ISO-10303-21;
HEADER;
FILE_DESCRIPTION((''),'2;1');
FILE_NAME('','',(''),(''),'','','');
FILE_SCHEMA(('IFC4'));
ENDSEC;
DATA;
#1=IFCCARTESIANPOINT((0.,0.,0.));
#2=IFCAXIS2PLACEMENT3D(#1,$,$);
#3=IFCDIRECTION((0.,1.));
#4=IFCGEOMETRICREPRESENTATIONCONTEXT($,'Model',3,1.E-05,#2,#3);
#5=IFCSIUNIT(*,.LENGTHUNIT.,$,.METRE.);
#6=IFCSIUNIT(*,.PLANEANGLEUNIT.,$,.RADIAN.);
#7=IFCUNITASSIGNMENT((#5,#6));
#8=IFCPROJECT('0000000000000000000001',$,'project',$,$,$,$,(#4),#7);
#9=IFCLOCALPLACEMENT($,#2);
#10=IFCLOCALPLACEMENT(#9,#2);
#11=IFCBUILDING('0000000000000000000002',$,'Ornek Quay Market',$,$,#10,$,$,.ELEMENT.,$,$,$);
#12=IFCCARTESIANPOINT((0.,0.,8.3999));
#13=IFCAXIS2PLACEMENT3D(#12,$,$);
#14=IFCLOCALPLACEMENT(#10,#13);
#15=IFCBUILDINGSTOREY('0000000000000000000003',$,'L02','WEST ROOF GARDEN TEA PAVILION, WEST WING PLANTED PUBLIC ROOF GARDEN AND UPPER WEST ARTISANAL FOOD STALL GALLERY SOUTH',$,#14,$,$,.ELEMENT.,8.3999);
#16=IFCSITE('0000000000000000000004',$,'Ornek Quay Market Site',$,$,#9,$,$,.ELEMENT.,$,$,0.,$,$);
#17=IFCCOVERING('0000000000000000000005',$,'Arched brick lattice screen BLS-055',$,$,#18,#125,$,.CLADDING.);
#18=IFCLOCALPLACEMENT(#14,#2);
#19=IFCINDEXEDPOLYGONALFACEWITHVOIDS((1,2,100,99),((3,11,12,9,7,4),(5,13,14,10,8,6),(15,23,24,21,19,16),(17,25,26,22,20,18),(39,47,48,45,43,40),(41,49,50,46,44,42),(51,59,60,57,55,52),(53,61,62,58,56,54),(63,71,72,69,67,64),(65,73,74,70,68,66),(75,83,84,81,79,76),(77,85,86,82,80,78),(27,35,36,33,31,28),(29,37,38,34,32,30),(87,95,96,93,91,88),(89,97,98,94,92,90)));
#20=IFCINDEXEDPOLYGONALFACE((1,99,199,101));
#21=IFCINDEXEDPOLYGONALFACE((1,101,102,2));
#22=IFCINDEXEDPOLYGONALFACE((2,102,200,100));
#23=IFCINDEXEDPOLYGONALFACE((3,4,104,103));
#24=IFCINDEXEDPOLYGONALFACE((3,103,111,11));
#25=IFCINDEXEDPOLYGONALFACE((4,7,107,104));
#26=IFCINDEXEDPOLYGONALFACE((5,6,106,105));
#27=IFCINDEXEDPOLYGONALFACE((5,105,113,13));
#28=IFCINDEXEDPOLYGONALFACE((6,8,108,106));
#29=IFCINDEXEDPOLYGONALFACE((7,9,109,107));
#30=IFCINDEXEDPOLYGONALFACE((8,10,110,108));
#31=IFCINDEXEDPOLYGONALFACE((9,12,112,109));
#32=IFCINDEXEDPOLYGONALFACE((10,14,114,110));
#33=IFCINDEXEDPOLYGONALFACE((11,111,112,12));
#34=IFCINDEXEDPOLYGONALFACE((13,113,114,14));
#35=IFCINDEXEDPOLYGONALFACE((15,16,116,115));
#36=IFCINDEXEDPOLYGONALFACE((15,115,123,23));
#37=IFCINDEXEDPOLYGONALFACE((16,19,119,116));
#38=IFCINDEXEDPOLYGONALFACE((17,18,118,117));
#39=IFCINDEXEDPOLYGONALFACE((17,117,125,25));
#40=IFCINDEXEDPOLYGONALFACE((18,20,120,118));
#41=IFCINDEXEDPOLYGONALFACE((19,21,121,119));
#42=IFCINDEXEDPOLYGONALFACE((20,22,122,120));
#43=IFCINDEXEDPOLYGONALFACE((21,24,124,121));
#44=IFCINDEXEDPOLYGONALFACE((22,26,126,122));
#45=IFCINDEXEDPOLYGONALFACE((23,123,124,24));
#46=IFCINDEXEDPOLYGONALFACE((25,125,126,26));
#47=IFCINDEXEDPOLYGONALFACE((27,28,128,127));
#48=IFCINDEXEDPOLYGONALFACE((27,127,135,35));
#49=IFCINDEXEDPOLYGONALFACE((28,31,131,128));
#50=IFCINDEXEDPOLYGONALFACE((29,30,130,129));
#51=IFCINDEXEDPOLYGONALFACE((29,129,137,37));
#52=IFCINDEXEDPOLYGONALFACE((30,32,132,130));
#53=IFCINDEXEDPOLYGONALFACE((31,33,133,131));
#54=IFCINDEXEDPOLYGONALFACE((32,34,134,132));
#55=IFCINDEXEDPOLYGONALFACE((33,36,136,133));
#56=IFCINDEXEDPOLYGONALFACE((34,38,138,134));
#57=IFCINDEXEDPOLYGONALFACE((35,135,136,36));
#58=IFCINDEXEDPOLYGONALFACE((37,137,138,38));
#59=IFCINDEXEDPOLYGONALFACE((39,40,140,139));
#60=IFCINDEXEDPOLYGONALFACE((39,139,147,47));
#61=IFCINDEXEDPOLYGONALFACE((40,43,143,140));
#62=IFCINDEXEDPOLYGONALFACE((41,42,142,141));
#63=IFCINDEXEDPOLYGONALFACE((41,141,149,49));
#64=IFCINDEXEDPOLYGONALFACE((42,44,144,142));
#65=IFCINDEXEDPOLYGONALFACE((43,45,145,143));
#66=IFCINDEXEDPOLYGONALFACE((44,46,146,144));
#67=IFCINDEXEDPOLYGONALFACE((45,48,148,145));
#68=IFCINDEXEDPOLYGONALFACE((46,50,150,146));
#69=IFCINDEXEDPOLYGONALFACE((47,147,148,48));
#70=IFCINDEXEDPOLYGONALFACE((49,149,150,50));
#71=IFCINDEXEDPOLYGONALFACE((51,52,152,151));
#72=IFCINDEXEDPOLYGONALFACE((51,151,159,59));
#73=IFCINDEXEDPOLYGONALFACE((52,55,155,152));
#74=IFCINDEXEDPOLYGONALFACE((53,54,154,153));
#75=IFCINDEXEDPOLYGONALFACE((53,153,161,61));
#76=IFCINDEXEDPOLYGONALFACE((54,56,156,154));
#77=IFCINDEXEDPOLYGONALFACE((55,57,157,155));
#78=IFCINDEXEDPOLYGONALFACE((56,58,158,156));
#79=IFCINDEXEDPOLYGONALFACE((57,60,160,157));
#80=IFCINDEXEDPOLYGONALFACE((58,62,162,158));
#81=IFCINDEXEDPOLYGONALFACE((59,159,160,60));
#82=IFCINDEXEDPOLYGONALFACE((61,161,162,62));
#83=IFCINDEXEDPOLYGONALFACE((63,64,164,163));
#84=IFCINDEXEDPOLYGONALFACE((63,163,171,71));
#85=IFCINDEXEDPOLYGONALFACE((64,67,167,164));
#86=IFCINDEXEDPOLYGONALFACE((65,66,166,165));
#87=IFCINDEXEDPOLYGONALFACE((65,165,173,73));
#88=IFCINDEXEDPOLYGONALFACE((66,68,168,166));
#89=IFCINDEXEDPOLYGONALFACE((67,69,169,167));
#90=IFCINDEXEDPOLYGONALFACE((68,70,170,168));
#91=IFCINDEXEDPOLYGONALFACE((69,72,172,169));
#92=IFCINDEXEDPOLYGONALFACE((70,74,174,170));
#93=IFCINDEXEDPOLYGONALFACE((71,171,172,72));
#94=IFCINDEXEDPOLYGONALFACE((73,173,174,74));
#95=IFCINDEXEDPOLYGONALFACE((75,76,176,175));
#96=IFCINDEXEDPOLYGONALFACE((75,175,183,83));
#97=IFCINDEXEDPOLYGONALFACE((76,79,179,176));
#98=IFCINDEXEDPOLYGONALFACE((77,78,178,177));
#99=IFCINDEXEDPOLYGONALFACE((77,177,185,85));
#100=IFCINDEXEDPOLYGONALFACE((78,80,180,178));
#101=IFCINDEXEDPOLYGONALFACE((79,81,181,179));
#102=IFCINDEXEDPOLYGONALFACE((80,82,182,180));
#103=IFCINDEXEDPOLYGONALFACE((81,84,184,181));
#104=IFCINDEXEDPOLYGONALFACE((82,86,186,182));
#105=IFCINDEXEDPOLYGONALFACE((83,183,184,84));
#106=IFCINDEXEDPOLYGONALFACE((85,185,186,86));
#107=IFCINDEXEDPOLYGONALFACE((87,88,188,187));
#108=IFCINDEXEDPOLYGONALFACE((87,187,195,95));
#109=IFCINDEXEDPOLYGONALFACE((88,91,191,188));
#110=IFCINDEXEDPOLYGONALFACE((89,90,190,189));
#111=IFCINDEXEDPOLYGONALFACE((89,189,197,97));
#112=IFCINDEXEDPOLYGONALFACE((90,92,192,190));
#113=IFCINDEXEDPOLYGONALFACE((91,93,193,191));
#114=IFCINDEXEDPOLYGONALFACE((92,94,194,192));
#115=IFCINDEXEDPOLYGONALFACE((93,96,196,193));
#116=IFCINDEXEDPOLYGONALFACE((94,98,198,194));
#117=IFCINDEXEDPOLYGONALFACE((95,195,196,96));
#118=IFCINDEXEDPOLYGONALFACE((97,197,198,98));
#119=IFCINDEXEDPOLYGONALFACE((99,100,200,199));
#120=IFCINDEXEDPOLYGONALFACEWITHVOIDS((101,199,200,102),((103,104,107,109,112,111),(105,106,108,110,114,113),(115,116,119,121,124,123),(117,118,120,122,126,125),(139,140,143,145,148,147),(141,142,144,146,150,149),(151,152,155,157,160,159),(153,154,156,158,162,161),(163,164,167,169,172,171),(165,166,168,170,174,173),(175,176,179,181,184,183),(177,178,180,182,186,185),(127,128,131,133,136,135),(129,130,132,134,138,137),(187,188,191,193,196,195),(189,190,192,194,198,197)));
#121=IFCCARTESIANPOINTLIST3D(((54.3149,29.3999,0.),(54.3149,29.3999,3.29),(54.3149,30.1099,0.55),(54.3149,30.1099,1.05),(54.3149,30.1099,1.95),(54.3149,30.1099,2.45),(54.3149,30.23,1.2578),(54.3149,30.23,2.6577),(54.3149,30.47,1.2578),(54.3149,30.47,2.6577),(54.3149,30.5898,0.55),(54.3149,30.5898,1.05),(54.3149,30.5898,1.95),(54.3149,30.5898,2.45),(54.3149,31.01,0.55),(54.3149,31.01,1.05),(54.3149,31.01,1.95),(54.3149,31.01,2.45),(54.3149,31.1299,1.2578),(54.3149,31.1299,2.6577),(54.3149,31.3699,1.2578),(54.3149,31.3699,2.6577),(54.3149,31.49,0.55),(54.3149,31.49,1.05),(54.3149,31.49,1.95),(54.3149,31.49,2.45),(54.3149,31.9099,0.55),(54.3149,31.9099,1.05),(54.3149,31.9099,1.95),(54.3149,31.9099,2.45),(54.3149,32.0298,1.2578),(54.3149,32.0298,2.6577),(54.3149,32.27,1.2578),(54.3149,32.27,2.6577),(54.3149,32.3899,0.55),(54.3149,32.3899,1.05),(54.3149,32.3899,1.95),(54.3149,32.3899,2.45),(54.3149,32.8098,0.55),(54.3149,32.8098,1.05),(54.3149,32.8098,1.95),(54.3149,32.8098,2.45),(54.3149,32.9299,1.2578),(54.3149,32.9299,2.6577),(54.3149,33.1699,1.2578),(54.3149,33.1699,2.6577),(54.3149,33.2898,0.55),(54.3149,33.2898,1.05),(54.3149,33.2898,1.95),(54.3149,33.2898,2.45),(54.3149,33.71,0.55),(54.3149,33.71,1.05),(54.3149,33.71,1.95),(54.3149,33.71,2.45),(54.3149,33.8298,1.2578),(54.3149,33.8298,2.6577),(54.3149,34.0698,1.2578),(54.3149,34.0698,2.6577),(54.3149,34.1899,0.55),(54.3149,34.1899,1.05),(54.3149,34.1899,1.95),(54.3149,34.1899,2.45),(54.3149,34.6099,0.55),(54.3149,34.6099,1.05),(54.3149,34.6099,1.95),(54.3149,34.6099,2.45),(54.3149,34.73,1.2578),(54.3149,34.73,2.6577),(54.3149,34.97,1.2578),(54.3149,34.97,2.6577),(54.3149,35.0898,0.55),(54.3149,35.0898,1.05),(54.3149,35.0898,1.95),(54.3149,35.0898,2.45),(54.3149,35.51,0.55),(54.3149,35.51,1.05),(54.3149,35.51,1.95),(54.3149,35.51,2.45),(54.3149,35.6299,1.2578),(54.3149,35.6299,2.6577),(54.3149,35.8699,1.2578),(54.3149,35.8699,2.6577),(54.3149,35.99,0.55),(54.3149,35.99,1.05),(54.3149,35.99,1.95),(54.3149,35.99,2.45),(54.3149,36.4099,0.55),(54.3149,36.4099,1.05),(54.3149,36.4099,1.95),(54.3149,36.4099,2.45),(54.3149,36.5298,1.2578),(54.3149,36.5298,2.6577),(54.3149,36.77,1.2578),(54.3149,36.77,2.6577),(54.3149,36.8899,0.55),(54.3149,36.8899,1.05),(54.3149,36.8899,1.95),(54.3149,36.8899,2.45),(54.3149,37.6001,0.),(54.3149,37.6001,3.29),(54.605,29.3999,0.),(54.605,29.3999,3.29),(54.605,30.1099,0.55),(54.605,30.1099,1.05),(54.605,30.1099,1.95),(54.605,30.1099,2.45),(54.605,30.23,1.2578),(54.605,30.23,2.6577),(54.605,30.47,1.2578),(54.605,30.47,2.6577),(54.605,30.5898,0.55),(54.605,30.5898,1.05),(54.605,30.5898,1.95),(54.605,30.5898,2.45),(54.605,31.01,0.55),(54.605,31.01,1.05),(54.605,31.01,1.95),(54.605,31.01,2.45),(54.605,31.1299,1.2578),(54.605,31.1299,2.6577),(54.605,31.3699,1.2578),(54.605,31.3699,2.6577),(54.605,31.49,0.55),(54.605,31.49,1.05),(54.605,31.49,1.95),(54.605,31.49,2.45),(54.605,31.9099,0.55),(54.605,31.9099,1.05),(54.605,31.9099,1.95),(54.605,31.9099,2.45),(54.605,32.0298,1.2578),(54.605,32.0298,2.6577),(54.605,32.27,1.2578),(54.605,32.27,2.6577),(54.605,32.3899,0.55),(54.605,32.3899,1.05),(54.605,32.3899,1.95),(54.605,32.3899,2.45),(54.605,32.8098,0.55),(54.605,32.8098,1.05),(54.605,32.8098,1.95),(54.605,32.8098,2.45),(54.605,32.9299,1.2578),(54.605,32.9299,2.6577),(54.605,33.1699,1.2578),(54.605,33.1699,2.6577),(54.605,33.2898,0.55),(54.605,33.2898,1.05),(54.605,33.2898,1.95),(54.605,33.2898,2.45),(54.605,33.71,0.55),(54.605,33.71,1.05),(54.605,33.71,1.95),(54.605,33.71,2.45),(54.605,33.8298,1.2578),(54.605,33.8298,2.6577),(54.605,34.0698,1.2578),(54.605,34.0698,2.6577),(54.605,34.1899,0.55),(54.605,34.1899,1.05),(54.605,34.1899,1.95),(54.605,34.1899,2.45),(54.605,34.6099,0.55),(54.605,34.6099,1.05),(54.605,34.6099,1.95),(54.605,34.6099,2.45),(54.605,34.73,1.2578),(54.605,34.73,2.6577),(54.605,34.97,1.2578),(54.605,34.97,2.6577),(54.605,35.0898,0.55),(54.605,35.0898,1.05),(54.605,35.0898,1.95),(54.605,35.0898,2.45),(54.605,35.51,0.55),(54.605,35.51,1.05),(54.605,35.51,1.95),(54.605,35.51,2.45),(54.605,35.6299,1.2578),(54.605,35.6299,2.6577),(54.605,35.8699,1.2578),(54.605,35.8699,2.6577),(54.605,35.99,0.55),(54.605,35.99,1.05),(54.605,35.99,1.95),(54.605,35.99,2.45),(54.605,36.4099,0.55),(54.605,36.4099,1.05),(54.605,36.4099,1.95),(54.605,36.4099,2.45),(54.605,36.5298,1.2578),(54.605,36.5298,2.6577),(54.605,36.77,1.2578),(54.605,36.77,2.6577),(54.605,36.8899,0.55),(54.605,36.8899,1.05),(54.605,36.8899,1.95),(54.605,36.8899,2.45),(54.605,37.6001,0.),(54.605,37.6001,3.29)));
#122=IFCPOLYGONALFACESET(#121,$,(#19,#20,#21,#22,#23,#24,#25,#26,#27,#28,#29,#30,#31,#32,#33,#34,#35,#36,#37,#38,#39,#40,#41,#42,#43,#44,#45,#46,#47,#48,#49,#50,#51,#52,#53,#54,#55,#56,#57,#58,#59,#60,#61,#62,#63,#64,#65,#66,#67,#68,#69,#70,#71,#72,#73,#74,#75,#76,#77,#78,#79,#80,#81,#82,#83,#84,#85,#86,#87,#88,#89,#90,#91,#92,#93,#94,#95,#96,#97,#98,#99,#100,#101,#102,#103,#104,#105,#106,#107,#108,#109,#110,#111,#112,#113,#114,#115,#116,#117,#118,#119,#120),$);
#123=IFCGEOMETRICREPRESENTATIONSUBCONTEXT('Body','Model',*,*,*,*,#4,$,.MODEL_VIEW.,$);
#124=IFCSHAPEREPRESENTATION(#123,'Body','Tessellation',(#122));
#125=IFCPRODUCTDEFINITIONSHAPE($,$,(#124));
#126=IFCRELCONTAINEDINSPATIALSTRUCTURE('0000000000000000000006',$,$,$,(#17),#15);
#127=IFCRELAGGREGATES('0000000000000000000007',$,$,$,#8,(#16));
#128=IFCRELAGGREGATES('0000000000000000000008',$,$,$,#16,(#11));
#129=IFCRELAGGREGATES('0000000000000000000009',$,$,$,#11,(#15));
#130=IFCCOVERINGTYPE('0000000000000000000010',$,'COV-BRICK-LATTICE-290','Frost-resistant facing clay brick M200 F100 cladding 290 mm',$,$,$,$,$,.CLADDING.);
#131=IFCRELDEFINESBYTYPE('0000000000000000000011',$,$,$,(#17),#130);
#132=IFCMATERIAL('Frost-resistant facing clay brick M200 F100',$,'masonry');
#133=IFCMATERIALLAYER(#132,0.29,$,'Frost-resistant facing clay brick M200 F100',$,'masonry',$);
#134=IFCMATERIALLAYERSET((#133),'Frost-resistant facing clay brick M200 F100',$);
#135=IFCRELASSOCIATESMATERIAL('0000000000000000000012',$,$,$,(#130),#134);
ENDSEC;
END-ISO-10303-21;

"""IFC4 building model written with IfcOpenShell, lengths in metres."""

from ifc_helpers import new_model, si_unit, direction, frame, origin, place, context, subcontext, project, spatial, polyline, outline, extrude, material, layer, layer_set, type_object, element, save


model = new_model("IFC4")

# Units and contexts
model_context = context("Model", 3, precision=1e-05, world=origin(), true_north=direction((0.0, 1.0)))
body_context = subcontext(model_context, "Body", "Model", "MODEL_VIEW")
ifc_project = project(units=[si_unit("LENGTHUNIT", "METRE"), si_unit("PLANEANGLEUNIT", "RADIAN")], contexts=[model_context])

# Site, building, storey
site_placement = place(None, origin())
site = spatial("IfcSite", under=ifc_project, at=site_placement, Name="Ornek Quay Market Site", CompositionType="ELEMENT", RefElevation=0.0)
building_placement = place(site_placement, origin())
building = spatial("IfcBuilding", under=site, at=building_placement, Name="Ornek Quay Market", CompositionType="ELEMENT")
storey_placement = place(building_placement, frame((0.0, 0.0, 8.3999)))
storey = spatial("IfcBuildingStorey", under=building, at=storey_placement, Name="L02", Description="WEST ROOF GARDEN TEA PAVILION, WEST WING PLANTED PUBLIC ROOF GARDEN AND UPPER WEST ARTISANAL FOOD STALL GALLERY SOUTH", CompositionType="ELEMENT", Elevation=8.3999)

# Shared definitions
ifc_material_1 = material(Name="Frost-resistant facing clay brick M200 F100", Category="masonry")

# Covering
ifc_layer_1 = layer(ifc_material_1, 0.29, Name="Frost-resistant facing clay brick M200 F100", Category="masonry")
ifc_layer_set_1 = layer_set([ifc_layer_1], Name="Frost-resistant facing clay brick M200 F100")
covering_type = type_object("IfcCoveringType", Name="COV-BRICK-LATTICE-290", Description="Frost-resistant facing clay brick M200 F100 cladding 290 mm", PredefinedType="CLADDING", material=ifc_layer_set_1)
covering_1_placement = place(storey_placement, frame((54.46, 29.3999, 0.0), z_axis=(0.0, 0.0, 1.0), x_axis=(0.0, 1.0, 0.0)))
element("IfcCovering", 1, at=covering_1_placement, inside=storey, type_object=covering_type, Name="Arched brick lattice screen BLS-055", PredefinedType="CLADDING", context=body_context, shape_type="SweptSolid", body=[
    extrude(outline(polyline([(0.0, 0.0), (8.2002, 0.0), (8.2002, 3.29), (0.0, 3.29), (0.0, 0.0)]), holes=[polyline([(0.71, 0.55), (1.1899, 0.55), (1.1899, 1.05), (1.0701, 1.2578), (0.8301, 1.2578), (0.71, 1.05), (0.71, 0.55)]), polyline([(0.71, 1.95), (1.1899, 1.95), (1.1899, 2.45), (1.0701, 2.6577), (0.8301, 2.6577), (0.71, 2.45), (0.71, 1.95)]), polyline([(1.6101, 0.55), (2.0901, 0.55), (2.0901, 1.05), (1.97, 1.2578), (1.73, 1.2578), (1.6101, 1.05), (1.6101, 0.55)]), polyline([(1.6101, 1.95), (2.0901, 1.95), (2.0901, 2.45), (1.97, 2.6577), (1.73, 2.6577), (1.6101, 2.45), (1.6101, 1.95)]), polyline([(2.51, 0.55), (2.99, 0.55), (2.99, 1.05), (2.8701, 1.2578), (2.6299, 1.2578), (2.51, 1.05), (2.51, 0.55)]), polyline([(2.51, 1.95), (2.99, 1.95), (2.99, 2.45), (2.8701, 2.6577), (2.6299, 2.6577), (2.51, 2.45), (2.51, 1.95)]), polyline([(3.4099, 0.55), (3.8899, 0.55), (3.8899, 1.05), (3.77, 1.2578), (3.53, 1.2578), (3.4099, 1.05), (3.4099, 0.55)]), polyline([(3.4099, 1.95), (3.8899, 1.95), (3.8899, 2.45), (3.77, 2.6577), (3.53, 2.6577), (3.4099, 2.45), (3.4099, 1.95)]), polyline([(4.3101, 0.55), (4.79, 0.55), (4.79, 1.05), (4.6699, 1.2578), (4.4299, 1.2578), (4.3101, 1.05), (4.3101, 0.55)]), polyline([(4.3101, 1.95), (4.79, 1.95), (4.79, 2.45), (4.6699, 2.6577), (4.4299, 2.6577), (4.3101, 2.45), (4.3101, 1.95)]), polyline([(5.21, 0.55), (5.6899, 0.55), (5.6899, 1.05), (5.5701, 1.2578), (5.3301, 1.2578), (5.21, 1.05), (5.21, 0.55)]), polyline([(5.21, 1.95), (5.6899, 1.95), (5.6899, 2.45), (5.5701, 2.6577), (5.3301, 2.6577), (5.21, 2.45), (5.21, 1.95)]), polyline([(6.1101, 0.55), (6.5901, 0.55), (6.5901, 1.05), (6.47, 1.2578), (6.23, 1.2578), (6.1101, 1.05), (6.1101, 0.55)]), polyline([(6.1101, 1.95), (6.5901, 1.95), (6.5901, 2.45), (6.47, 2.6577), (6.23, 2.6577), (6.1101, 2.45), (6.1101, 1.95)]), polyline([(7.01, 0.55), (7.49, 0.55), (7.49, 1.05), (7.3701, 1.2578), (7.1299, 1.2578), (7.01, 1.05), (7.01, 0.55)]), polyline([(7.01, 1.95), (7.49, 1.95), (7.49, 2.45), (7.3701, 2.6577), (7.1299, 2.6577), (7.01, 2.45), (7.01, 1.95)])]), frame((0.0, 0.145, 0.0), z_axis=(0.0, -1.0, 0.0), x_axis=(1.0, 0.0, 0.0)), (0.0, 0.0, 1.0), 0.29),
])

save(model, "model.ifc")
